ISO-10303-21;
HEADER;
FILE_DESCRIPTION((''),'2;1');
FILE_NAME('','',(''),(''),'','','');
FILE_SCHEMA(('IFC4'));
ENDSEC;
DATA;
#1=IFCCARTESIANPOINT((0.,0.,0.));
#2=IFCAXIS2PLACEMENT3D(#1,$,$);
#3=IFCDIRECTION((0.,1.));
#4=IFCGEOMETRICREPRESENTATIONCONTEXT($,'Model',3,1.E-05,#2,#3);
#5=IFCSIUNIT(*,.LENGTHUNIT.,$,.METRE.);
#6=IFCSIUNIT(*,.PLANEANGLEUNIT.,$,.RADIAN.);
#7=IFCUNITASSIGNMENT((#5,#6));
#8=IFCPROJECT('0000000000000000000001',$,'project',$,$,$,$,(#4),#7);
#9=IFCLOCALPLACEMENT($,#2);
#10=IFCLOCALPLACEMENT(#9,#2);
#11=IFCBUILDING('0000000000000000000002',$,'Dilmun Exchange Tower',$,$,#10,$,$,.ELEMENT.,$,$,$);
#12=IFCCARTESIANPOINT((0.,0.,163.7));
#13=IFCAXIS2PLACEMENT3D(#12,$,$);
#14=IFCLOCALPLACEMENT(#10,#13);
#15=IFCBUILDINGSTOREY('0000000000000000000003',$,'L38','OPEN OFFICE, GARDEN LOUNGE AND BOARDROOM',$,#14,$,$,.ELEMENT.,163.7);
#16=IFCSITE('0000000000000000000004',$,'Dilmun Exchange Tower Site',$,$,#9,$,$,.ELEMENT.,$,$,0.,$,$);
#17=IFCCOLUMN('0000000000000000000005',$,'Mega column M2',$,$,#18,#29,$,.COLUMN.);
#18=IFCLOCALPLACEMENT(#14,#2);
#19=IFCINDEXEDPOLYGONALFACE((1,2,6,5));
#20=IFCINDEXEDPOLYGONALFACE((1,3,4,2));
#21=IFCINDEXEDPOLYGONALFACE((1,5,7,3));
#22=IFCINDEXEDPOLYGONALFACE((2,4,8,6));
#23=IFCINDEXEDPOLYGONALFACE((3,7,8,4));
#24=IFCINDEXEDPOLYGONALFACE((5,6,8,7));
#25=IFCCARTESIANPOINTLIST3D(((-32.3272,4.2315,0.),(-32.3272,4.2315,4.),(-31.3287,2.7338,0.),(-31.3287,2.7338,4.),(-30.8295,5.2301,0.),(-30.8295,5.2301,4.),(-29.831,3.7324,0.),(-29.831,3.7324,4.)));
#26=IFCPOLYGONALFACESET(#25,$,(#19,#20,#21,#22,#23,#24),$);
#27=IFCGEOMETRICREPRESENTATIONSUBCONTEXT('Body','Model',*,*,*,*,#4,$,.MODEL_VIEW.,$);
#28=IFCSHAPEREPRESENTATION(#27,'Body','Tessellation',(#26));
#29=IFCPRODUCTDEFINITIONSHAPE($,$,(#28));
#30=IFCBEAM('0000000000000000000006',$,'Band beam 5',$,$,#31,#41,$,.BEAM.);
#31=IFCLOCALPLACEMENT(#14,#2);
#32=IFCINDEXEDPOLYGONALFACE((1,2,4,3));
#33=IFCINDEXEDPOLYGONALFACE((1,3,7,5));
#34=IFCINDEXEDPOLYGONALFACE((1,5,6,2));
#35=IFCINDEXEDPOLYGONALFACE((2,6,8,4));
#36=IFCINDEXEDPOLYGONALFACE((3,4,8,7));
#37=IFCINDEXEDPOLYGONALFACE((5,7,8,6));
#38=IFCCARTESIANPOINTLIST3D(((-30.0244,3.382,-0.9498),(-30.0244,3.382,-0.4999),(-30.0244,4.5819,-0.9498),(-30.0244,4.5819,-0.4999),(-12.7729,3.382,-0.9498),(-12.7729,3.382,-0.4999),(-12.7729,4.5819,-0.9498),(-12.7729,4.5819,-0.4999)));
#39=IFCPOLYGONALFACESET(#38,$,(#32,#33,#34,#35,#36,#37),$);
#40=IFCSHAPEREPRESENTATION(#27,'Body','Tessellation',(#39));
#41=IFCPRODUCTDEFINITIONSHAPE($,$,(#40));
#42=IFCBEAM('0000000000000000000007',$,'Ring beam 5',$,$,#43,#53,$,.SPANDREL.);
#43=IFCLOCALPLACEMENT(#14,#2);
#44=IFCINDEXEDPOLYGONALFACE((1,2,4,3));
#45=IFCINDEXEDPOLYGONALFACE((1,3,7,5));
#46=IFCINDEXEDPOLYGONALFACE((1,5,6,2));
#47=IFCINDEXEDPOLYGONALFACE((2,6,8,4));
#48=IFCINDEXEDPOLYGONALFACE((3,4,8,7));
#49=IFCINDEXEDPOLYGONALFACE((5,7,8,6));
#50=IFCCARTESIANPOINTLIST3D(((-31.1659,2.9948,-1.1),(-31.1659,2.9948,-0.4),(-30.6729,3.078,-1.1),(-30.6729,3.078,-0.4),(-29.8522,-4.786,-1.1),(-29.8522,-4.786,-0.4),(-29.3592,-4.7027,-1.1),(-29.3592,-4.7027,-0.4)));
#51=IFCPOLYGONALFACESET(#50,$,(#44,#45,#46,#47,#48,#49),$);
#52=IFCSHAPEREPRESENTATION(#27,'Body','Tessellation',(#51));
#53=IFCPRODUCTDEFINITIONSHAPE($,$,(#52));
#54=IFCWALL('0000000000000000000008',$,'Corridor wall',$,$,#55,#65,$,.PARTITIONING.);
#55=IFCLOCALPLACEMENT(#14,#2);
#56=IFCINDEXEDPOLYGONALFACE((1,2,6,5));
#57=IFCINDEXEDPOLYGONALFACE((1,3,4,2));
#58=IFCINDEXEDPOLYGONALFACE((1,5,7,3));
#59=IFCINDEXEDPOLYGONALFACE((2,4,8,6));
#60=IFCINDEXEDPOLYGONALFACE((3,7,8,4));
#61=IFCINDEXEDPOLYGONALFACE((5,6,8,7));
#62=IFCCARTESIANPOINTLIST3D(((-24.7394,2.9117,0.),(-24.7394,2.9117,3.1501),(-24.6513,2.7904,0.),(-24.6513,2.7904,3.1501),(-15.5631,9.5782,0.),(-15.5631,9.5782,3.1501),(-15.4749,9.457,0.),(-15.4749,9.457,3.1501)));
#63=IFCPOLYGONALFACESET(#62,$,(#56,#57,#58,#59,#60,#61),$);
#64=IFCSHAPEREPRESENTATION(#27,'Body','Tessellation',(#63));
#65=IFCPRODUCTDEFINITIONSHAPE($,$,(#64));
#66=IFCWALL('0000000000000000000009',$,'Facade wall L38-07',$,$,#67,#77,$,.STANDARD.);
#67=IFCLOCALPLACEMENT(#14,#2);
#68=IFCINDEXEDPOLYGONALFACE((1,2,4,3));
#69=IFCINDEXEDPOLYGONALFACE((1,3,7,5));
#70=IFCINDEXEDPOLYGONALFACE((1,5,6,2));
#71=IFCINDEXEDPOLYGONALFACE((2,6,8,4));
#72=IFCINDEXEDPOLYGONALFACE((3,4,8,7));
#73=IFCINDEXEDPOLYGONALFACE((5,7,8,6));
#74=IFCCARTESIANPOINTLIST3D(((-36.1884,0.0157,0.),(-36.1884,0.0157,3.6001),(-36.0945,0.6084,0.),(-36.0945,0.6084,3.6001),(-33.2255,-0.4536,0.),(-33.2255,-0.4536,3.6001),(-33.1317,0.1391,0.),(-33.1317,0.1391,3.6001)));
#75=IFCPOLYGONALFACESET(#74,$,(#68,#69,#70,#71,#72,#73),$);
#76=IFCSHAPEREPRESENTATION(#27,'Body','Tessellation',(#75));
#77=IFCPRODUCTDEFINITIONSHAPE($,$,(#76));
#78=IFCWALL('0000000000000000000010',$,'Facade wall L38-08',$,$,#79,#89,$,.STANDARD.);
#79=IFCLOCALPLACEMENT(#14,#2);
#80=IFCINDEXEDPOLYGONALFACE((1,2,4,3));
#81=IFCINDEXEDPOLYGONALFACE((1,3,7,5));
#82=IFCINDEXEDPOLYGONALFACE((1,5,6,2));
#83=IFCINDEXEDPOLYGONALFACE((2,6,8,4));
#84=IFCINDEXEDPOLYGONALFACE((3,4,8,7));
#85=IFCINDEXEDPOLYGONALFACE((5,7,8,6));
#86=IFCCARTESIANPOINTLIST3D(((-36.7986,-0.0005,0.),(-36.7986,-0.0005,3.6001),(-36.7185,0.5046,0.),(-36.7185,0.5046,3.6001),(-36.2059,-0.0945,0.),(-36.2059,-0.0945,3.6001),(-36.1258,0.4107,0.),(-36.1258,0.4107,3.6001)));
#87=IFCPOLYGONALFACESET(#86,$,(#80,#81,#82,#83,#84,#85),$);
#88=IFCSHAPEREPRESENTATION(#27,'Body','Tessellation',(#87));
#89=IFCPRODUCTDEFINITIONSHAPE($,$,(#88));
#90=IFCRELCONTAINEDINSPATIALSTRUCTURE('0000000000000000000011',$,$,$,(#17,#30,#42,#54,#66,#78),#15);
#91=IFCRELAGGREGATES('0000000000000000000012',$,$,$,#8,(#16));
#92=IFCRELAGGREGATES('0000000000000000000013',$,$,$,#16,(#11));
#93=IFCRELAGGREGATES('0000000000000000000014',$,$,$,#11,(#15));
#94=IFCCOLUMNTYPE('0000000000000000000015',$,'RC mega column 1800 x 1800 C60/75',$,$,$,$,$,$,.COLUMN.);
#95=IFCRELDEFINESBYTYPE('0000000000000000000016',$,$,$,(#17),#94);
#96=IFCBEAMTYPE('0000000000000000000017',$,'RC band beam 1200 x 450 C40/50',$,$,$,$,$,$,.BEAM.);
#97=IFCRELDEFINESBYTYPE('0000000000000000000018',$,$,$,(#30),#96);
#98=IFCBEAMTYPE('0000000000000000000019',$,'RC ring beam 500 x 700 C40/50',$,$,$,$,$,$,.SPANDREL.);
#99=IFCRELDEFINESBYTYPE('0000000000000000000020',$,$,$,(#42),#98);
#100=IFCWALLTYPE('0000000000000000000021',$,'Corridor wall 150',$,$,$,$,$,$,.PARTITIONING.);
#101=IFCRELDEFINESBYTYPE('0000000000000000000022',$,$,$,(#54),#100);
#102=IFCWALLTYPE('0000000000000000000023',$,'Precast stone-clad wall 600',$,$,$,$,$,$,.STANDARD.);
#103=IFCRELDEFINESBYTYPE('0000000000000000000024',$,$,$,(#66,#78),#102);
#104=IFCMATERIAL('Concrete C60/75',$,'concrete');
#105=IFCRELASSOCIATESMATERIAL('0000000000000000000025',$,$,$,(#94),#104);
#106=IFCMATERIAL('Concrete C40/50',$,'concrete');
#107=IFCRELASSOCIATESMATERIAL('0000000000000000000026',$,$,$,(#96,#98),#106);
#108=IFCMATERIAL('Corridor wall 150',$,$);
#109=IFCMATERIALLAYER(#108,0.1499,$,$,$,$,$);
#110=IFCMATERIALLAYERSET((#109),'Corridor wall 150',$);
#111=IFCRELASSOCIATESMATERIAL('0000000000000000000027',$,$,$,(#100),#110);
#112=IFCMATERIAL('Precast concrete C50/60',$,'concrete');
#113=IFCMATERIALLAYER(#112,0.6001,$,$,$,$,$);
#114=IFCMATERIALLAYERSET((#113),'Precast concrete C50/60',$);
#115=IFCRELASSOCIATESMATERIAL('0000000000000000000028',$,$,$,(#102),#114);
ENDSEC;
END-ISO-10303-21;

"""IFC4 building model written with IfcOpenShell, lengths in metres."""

from ifc_helpers import new_model, si_unit, direction, frame, frame_2d, origin, origin_2d, place, context, subcontext, project, spatial, rectangle, extrude, material, layer, layer_set, material_profile, profile_set, type_object, element, save


model = new_model("IFC4")

# Units and contexts
model_context = context("Model", 3, precision=1e-05, world=origin(), true_north=direction((0.0, 1.0)))
body_context = subcontext(model_context, "Body", "Model", "MODEL_VIEW")
ifc_project = project(units=[si_unit("LENGTHUNIT", "METRE"), si_unit("PLANEANGLEUNIT", "RADIAN")], contexts=[model_context])

# Site, building, storey
site_placement = place(None, origin())
site = spatial("IfcSite", under=ifc_project, at=site_placement, Name="Dilmun Exchange Tower Site", CompositionType="ELEMENT", RefElevation=0.0)
building_placement = place(site_placement, origin())
building = spatial("IfcBuilding", under=site, at=building_placement, Name="Dilmun Exchange Tower", CompositionType="ELEMENT")
storey_placement = place(building_placement, frame((0.0, 0.0, 163.7)))
storey = spatial("IfcBuildingStorey", under=building, at=storey_placement, Name="L38", Description="OPEN OFFICE, GARDEN LOUNGE AND BOARDROOM", CompositionType="ELEMENT", Elevation=163.7)

# Column
ifc_material_1 = material(Name="Concrete C60/75", Category="concrete")
ifc_material_profile_1 = material_profile(ifc_material_1, rectangle(XDim=1.8, YDim=1.8, at=origin_2d()), Name="1800 x 1800")
ifc_profile_set_1 = profile_set([ifc_material_profile_1], Name="Concrete C60/75")
column_type = type_object("IfcColumnType", Name="RC mega column 1800 x 1800 C60/75", PredefinedType="COLUMN", material=ifc_profile_set_1)
column_placement = place(storey_placement, frame((-31.0791, 3.9819, 0.0), z_axis=(0.0, 0.0, 1.0), x_axis=(0.832029, 0.554733, 0.0)))
element("IfcColumn", 1, at=column_placement, inside=storey, type_object=column_type, Name="Mega column M2", PredefinedType="COLUMN", context=body_context, shape_type="SweptSolid", body=[
    extrude(rectangle(XDim=1.8, YDim=1.8, at=origin_2d()), origin(), (0.0, 0.0, 1.0), 4.0),
])

# Beams
ifc_material_2 = material(Name="Concrete C40/50", Category="concrete")
ifc_material_profile_2 = material_profile(ifc_material_2, rectangle(XDim=1.2, YDim=0.45, at=origin_2d()), Name="1200 x 450")
ifc_profile_set_2 = profile_set([ifc_material_profile_2], Name="Concrete C40/50")
beam_type_1 = type_object("IfcBeamType", Name="RC band beam 1200 x 450 C40/50", PredefinedType="BEAM", material=ifc_profile_set_2)
beam_1_placement = place(storey_placement, frame((-30.0244, 3.9819, -0.7249), z_axis=(1.0, 0.0, 0.0), x_axis=(0.0, 1.0, 0.0)))
element("IfcBeam", 2, at=beam_1_placement, inside=storey, type_object=beam_type_1, Name="Band beam 5", PredefinedType="BEAM", context=body_context, shape_type="SweptSolid", body=[
    extrude(rectangle(XDim=1.2, YDim=0.45, at=origin_2d()), origin(), (0.0, 0.0, 1.0), 17.2515),
])
ifc_material_profile_3 = material_profile(ifc_material_2, rectangle(XDim=0.5, YDim=0.7, at=origin_2d()), Name="500 x 700")
ifc_profile_set_3 = profile_set([ifc_material_profile_3], Name="Concrete C40/50")
beam_type_2 = type_object("IfcBeamType", Name="RC ring beam 500 x 700 C40/50", PredefinedType="SPANDREL", material=ifc_profile_set_3)
beam_2_placement = place(storey_placement, frame((-30.9194, 3.0364, -0.75), z_axis=(0.166486, -0.986044, 0.0), x_axis=(0.986044, 0.166486, 0.0)))
element("IfcBeam", 3, at=beam_2_placement, inside=storey, type_object=beam_type_2, Name="Ring beam 5", PredefinedType="SPANDREL", context=body_context, shape_type="SweptSolid", body=[
    extrude(rectangle(XDim=0.5, YDim=0.7, at=origin_2d()), origin(), (0.0, 0.0, 1.0), 7.8909),
])

# Walls
ifc_material_3 = material(Name="Corridor wall 150")
ifc_layer_1 = layer(ifc_material_3, 0.1499)
ifc_layer_set_1 = layer_set([ifc_layer_1], Name="Corridor wall 150")
wall_type_1 = type_object("IfcWallType", Name="Corridor wall 150", PredefinedType="PARTITIONING", material=ifc_layer_set_1)
wall_1_placement = place(storey_placement, frame((-24.6953, 2.8511, 0.0), z_axis=(0.0, 0.0, 1.0), x_axis=(0.809036, 0.58776, 0.0)))
element("IfcWall", 4, at=wall_1_placement, inside=storey, type_object=wall_type_1, Name="Corridor wall", PredefinedType="PARTITIONING", context=body_context, shape_type="SweptSolid", body=[
    extrude(rectangle(XDim=11.3423, YDim=0.1499, at=frame_2d((5.6711, 0.0))), origin(), (0.0, 0.0, 1.0), 3.1501),
])
ifc_material_4 = material(Name="Precast concrete C50/60", Category="concrete")
ifc_layer_2 = layer(ifc_material_4, 0.6001)
ifc_layer_set_2 = layer_set([ifc_layer_2], Name="Precast concrete C50/60")
wall_type_2 = type_object("IfcWallType", Name="Precast stone-clad wall 600", PredefinedType="STANDARD", material=ifc_layer_set_2)
wall_2_placement = place(storey_placement, frame((-33.1785, -0.1572, 0.0), z_axis=(0.0, 0.0, 1.0), x_axis=(-0.98769, 0.156422, 0.0)))
element("IfcWall", 5, at=wall_2_placement, inside=storey, type_object=wall_type_2, Name="Facade wall L38-07", PredefinedType="STANDARD", context=body_context, shape_type="SweptSolid", body=[
    extrude(rectangle(XDim=2.9998, YDim=0.6001, at=frame_2d((1.5, 0.0))), origin(), (0.0, 0.0, 1.0), 3.6001),
])
wall_3_placement = place(storey_placement, frame((-36.4221, 0.4578, 0.0), z_axis=(0.0, 0.0, 1.0), x_axis=(-0.156575, -0.987666, 0.0)))
element("IfcWall", 6, at=wall_3_placement, inside=storey, type_object=wall_type_2, Name="Facade wall L38-08", PredefinedType="STANDARD", context=body_context, shape_type="SweptSolid", body=[
    extrude(rectangle(XDim=0.5115, YDim=0.6001, at=frame_2d((0.2559, 0.0))), origin(), (0.0, 0.0, 1.0), 3.6001),
])

save(model, "model.ifc")
